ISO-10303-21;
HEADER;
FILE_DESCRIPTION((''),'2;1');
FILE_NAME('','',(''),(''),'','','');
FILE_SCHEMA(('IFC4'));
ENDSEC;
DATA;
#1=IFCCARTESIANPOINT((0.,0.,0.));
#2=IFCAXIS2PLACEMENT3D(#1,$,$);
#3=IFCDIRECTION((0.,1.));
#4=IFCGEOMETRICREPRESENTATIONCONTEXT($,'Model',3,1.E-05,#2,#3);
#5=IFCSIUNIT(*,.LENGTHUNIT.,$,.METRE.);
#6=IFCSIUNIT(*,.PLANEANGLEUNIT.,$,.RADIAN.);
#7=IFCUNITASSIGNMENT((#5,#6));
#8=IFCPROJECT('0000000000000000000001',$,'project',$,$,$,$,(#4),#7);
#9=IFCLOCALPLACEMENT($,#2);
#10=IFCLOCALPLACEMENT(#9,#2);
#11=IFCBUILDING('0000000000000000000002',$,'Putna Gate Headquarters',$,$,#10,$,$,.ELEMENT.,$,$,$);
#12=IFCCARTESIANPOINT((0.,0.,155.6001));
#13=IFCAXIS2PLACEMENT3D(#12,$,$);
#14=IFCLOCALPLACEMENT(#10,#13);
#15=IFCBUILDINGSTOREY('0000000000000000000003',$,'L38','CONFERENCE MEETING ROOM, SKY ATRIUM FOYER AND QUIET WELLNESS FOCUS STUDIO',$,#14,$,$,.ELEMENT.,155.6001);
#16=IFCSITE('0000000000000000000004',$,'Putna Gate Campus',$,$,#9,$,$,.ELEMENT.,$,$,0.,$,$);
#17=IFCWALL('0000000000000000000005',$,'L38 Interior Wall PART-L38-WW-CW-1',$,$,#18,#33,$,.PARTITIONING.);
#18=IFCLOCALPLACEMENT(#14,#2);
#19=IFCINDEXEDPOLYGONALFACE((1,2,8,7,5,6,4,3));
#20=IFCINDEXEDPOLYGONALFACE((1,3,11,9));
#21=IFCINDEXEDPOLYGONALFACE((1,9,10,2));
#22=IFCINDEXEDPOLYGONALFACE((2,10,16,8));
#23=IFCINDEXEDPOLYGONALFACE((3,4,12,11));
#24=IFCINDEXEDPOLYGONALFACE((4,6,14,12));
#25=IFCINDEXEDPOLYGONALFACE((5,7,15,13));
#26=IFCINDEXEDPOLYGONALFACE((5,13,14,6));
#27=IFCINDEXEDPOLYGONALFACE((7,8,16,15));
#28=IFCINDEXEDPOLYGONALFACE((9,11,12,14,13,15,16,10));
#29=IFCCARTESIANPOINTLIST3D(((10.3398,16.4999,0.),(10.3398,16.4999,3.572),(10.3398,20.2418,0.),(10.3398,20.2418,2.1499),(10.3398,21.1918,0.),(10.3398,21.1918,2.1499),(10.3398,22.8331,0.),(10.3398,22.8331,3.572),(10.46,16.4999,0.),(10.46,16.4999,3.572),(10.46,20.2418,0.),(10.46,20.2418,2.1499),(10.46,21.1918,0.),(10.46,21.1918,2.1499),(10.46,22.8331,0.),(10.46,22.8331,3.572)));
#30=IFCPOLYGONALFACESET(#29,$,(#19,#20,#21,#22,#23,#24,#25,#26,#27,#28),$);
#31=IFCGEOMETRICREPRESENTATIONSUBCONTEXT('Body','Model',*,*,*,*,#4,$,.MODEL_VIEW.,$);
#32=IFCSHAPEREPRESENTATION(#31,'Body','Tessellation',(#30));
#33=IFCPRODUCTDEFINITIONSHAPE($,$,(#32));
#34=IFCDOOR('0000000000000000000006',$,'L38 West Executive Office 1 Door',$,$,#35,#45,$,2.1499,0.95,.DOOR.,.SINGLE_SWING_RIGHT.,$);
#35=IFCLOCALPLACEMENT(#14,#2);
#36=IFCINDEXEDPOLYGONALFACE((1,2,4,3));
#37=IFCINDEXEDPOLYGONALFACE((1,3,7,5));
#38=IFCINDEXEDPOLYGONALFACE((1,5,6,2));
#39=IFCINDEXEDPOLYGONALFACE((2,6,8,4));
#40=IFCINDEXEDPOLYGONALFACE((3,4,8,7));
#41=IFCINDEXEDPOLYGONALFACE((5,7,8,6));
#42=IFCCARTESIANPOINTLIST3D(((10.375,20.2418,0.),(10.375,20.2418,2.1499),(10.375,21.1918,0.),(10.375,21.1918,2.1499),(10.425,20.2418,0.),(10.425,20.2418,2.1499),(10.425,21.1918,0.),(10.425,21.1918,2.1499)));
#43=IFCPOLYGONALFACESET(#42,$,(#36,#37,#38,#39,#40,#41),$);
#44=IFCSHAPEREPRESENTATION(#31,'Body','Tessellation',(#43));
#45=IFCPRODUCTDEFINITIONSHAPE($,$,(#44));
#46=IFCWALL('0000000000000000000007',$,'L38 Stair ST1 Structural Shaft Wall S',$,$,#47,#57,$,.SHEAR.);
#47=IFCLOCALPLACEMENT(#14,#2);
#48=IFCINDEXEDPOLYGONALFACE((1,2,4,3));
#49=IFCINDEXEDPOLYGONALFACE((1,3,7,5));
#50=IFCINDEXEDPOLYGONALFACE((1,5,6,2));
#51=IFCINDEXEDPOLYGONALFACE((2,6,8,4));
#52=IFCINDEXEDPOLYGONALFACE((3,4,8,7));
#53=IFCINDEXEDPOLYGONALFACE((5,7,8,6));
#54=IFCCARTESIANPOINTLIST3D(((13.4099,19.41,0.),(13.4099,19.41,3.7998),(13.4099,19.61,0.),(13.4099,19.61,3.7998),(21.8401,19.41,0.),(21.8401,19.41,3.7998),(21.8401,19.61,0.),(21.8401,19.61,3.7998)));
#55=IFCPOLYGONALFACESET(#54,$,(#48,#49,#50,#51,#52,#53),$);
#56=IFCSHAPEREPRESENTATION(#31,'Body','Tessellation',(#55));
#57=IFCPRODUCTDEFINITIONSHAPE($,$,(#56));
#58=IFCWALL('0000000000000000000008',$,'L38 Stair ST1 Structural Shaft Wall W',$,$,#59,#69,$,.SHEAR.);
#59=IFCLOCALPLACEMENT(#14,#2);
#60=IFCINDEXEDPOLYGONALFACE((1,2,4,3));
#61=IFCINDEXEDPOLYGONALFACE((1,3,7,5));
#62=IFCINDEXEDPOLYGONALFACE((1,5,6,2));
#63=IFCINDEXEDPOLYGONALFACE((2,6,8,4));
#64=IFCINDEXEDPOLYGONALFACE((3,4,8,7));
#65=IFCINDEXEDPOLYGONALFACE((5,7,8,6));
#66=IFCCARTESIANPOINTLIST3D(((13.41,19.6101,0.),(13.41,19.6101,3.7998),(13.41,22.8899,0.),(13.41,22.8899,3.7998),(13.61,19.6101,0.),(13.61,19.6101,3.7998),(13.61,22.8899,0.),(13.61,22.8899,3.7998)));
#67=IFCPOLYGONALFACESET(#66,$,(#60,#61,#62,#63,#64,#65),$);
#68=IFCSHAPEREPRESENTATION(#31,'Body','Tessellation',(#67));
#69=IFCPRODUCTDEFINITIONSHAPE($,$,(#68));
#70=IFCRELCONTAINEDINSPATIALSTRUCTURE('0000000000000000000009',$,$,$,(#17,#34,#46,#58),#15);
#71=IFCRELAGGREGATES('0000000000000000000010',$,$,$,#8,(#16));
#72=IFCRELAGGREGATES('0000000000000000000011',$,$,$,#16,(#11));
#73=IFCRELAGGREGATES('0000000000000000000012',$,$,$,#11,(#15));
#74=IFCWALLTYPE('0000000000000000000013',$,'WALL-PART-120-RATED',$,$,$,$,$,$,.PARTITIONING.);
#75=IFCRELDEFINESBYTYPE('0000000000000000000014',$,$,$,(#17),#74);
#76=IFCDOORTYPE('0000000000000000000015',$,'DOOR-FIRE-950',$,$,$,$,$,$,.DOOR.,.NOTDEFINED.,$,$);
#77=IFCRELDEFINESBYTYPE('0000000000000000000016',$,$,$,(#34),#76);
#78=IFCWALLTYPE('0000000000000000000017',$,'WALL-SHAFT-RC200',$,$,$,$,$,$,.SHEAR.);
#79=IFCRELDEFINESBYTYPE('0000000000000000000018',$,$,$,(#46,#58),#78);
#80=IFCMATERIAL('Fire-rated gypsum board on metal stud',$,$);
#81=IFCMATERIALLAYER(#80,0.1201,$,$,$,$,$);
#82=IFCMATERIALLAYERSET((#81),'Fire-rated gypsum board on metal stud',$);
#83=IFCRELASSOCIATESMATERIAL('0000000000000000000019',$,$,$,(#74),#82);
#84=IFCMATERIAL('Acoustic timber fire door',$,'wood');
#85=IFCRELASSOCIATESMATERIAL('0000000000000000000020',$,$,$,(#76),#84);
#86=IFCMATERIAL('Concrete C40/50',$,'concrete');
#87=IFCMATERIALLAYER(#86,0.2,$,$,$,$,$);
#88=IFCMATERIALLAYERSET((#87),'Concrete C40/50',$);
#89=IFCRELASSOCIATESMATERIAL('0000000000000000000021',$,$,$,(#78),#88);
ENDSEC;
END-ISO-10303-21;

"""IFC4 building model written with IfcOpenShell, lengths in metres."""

from ifc_helpers import new_model, si_unit, direction, frame, frame_2d, origin, place, context, subcontext, project, spatial, rectangle, extrude, material, layer, layer_set, type_object, element, fill, save


model = new_model("IFC4")

# Units and contexts
model_context = context("Model", 3, precision=1e-05, world=origin(), true_north=direction((0.0, 1.0)))
body_context = subcontext(model_context, "Body", "Model", "MODEL_VIEW")
ifc_project = project(units=[si_unit("LENGTHUNIT", "METRE"), si_unit("PLANEANGLEUNIT", "RADIAN")], contexts=[model_context])

# Site, building, storey
site_placement = place(None, origin())
site = spatial("IfcSite", under=ifc_project, at=site_placement, Name="Putna Gate Campus", CompositionType="ELEMENT", RefElevation=0.0)
building_placement = place(site_placement, origin())
building = spatial("IfcBuilding", under=site, at=building_placement, Name="Putna Gate Headquarters", CompositionType="ELEMENT")
storey_placement = place(building_placement, frame((0.0, 0.0, 155.6001)))
storey = spatial("IfcBuildingStorey", under=building, at=storey_placement, Name="L38", Description="CONFERENCE MEETING ROOM, SKY ATRIUM FOYER AND QUIET WELLNESS FOCUS STUDIO", CompositionType="ELEMENT", Elevation=155.6001)

# Shared definitions
ifc_material_1 = material(Name="Fire-rated gypsum board on metal stud")
ifc_layer_1 = layer(ifc_material_1, 0.1201)
ifc_layer_set_1 = layer_set([ifc_layer_1], Name="Fire-rated gypsum board on metal stud")
wall_type_1 = type_object("IfcWallType", Name="WALL-PART-120-RATED", PredefinedType="PARTITIONING", material=ifc_layer_set_1)
ifc_material_2 = material(Name="Acoustic timber fire door", Category="wood")
door_type_1 = type_object("IfcDoorType", Name="DOOR-FIRE-950", OperationType="NOTDEFINED", PredefinedType="DOOR", material=ifc_material_2)

# Wall, opening, door
wall_1_placement = place(storey_placement, frame((10.3999, 16.5, 0.0), z_axis=(0.0, 0.0, 1.0), x_axis=(0.0, 1.0, 0.0)))
wall_1 = element("IfcWall", 1, at=wall_1_placement, inside=storey, type_object=wall_type_1, Name="L38 Interior Wall PART-L38-WW-CW-1", PredefinedType="PARTITIONING", context=body_context, shape_type="SweptSolid", body=[
    extrude(rectangle(XDim=6.3333, YDim=0.1201, at=frame_2d((3.1665, 0.0))), origin(), (0.0, 0.0, 1.0), 3.572),
])
opening_1_placement = place(wall_1_placement, frame((3.7417, 0.0, 0.0)))
opening_1 = element("IfcOpeningElement", 2, at=opening_1_placement, cuts=wall_1, PredefinedType="OPENING", context=body_context, shape_type="SweptSolid", body=[
    extrude(rectangle(XDim=0.95, YDim=2.1499, at=frame_2d((0.4751, 1.075))), frame((0.0, 0.0701, 0.0), z_axis=(0.0, -1.0, 0.0), x_axis=(1.0, 0.0, 0.0)), (0.0, 0.0, 1.0), 0.1401),
])
door_1_placement = place(opening_1_placement, origin())
door_1 = element("IfcDoor", 3, at=door_1_placement, inside=storey, type_object=door_type_1, Name="L38 West Executive Office 1 Door", OperationType="SINGLE_SWING_RIGHT", OverallHeight=2.1499, OverallWidth=0.95, PredefinedType="DOOR", context=body_context, shape_type="SweptSolid", body=[
    extrude(rectangle(XDim=0.95, YDim=2.1499, at=frame_2d((0.4751, 1.075))), frame((0.0, 0.0249, 0.0), z_axis=(0.0, -1.0, 0.0), x_axis=(1.0, 0.0, 0.0)), (0.0, 0.0, 1.0), 0.05),
])
fill(opening_1, door_1)

# Walls
ifc_material_3 = material(Name="Concrete C40/50", Category="concrete")
ifc_layer_2 = layer(ifc_material_3, 0.2)
ifc_layer_set_2 = layer_set([ifc_layer_2], Name="Concrete C40/50")
wall_type_2 = type_object("IfcWallType", Name="WALL-SHAFT-RC200", PredefinedType="SHEAR", material=ifc_layer_set_2)
wall_2_placement = place(storey_placement, frame((13.4099, 19.51, 0.0), z_axis=(0.0, 0.0, 1.0), x_axis=(1.0, 0.0, 0.0)))
element("IfcWall", 4, at=wall_2_placement, inside=storey, type_object=wall_type_2, Name="L38 Stair ST1 Structural Shaft Wall S", PredefinedType="SHEAR", context=body_context, shape_type="SweptSolid", body=[
    extrude(rectangle(XDim=8.4302, YDim=0.2, at=frame_2d((4.2151, 0.0))), origin(), (0.0, 0.0, 1.0), 3.7998),
])
wall_3_placement = place(storey_placement, frame((13.51, 19.6101, 0.0), z_axis=(0.0, 0.0, 1.0), x_axis=(0.0, 1.0, 0.0)))
element("IfcWall", 5, at=wall_3_placement, inside=storey, type_object=wall_type_2, Name="L38 Stair ST1 Structural Shaft Wall W", PredefinedType="SHEAR", context=body_context, shape_type="SweptSolid", body=[
    extrude(rectangle(XDim=3.2798, YDim=0.2, at=frame_2d((1.6399, 0.0))), origin(), (0.0, 0.0, 1.0), 3.7998),
])

save(model, "model.ifc")
